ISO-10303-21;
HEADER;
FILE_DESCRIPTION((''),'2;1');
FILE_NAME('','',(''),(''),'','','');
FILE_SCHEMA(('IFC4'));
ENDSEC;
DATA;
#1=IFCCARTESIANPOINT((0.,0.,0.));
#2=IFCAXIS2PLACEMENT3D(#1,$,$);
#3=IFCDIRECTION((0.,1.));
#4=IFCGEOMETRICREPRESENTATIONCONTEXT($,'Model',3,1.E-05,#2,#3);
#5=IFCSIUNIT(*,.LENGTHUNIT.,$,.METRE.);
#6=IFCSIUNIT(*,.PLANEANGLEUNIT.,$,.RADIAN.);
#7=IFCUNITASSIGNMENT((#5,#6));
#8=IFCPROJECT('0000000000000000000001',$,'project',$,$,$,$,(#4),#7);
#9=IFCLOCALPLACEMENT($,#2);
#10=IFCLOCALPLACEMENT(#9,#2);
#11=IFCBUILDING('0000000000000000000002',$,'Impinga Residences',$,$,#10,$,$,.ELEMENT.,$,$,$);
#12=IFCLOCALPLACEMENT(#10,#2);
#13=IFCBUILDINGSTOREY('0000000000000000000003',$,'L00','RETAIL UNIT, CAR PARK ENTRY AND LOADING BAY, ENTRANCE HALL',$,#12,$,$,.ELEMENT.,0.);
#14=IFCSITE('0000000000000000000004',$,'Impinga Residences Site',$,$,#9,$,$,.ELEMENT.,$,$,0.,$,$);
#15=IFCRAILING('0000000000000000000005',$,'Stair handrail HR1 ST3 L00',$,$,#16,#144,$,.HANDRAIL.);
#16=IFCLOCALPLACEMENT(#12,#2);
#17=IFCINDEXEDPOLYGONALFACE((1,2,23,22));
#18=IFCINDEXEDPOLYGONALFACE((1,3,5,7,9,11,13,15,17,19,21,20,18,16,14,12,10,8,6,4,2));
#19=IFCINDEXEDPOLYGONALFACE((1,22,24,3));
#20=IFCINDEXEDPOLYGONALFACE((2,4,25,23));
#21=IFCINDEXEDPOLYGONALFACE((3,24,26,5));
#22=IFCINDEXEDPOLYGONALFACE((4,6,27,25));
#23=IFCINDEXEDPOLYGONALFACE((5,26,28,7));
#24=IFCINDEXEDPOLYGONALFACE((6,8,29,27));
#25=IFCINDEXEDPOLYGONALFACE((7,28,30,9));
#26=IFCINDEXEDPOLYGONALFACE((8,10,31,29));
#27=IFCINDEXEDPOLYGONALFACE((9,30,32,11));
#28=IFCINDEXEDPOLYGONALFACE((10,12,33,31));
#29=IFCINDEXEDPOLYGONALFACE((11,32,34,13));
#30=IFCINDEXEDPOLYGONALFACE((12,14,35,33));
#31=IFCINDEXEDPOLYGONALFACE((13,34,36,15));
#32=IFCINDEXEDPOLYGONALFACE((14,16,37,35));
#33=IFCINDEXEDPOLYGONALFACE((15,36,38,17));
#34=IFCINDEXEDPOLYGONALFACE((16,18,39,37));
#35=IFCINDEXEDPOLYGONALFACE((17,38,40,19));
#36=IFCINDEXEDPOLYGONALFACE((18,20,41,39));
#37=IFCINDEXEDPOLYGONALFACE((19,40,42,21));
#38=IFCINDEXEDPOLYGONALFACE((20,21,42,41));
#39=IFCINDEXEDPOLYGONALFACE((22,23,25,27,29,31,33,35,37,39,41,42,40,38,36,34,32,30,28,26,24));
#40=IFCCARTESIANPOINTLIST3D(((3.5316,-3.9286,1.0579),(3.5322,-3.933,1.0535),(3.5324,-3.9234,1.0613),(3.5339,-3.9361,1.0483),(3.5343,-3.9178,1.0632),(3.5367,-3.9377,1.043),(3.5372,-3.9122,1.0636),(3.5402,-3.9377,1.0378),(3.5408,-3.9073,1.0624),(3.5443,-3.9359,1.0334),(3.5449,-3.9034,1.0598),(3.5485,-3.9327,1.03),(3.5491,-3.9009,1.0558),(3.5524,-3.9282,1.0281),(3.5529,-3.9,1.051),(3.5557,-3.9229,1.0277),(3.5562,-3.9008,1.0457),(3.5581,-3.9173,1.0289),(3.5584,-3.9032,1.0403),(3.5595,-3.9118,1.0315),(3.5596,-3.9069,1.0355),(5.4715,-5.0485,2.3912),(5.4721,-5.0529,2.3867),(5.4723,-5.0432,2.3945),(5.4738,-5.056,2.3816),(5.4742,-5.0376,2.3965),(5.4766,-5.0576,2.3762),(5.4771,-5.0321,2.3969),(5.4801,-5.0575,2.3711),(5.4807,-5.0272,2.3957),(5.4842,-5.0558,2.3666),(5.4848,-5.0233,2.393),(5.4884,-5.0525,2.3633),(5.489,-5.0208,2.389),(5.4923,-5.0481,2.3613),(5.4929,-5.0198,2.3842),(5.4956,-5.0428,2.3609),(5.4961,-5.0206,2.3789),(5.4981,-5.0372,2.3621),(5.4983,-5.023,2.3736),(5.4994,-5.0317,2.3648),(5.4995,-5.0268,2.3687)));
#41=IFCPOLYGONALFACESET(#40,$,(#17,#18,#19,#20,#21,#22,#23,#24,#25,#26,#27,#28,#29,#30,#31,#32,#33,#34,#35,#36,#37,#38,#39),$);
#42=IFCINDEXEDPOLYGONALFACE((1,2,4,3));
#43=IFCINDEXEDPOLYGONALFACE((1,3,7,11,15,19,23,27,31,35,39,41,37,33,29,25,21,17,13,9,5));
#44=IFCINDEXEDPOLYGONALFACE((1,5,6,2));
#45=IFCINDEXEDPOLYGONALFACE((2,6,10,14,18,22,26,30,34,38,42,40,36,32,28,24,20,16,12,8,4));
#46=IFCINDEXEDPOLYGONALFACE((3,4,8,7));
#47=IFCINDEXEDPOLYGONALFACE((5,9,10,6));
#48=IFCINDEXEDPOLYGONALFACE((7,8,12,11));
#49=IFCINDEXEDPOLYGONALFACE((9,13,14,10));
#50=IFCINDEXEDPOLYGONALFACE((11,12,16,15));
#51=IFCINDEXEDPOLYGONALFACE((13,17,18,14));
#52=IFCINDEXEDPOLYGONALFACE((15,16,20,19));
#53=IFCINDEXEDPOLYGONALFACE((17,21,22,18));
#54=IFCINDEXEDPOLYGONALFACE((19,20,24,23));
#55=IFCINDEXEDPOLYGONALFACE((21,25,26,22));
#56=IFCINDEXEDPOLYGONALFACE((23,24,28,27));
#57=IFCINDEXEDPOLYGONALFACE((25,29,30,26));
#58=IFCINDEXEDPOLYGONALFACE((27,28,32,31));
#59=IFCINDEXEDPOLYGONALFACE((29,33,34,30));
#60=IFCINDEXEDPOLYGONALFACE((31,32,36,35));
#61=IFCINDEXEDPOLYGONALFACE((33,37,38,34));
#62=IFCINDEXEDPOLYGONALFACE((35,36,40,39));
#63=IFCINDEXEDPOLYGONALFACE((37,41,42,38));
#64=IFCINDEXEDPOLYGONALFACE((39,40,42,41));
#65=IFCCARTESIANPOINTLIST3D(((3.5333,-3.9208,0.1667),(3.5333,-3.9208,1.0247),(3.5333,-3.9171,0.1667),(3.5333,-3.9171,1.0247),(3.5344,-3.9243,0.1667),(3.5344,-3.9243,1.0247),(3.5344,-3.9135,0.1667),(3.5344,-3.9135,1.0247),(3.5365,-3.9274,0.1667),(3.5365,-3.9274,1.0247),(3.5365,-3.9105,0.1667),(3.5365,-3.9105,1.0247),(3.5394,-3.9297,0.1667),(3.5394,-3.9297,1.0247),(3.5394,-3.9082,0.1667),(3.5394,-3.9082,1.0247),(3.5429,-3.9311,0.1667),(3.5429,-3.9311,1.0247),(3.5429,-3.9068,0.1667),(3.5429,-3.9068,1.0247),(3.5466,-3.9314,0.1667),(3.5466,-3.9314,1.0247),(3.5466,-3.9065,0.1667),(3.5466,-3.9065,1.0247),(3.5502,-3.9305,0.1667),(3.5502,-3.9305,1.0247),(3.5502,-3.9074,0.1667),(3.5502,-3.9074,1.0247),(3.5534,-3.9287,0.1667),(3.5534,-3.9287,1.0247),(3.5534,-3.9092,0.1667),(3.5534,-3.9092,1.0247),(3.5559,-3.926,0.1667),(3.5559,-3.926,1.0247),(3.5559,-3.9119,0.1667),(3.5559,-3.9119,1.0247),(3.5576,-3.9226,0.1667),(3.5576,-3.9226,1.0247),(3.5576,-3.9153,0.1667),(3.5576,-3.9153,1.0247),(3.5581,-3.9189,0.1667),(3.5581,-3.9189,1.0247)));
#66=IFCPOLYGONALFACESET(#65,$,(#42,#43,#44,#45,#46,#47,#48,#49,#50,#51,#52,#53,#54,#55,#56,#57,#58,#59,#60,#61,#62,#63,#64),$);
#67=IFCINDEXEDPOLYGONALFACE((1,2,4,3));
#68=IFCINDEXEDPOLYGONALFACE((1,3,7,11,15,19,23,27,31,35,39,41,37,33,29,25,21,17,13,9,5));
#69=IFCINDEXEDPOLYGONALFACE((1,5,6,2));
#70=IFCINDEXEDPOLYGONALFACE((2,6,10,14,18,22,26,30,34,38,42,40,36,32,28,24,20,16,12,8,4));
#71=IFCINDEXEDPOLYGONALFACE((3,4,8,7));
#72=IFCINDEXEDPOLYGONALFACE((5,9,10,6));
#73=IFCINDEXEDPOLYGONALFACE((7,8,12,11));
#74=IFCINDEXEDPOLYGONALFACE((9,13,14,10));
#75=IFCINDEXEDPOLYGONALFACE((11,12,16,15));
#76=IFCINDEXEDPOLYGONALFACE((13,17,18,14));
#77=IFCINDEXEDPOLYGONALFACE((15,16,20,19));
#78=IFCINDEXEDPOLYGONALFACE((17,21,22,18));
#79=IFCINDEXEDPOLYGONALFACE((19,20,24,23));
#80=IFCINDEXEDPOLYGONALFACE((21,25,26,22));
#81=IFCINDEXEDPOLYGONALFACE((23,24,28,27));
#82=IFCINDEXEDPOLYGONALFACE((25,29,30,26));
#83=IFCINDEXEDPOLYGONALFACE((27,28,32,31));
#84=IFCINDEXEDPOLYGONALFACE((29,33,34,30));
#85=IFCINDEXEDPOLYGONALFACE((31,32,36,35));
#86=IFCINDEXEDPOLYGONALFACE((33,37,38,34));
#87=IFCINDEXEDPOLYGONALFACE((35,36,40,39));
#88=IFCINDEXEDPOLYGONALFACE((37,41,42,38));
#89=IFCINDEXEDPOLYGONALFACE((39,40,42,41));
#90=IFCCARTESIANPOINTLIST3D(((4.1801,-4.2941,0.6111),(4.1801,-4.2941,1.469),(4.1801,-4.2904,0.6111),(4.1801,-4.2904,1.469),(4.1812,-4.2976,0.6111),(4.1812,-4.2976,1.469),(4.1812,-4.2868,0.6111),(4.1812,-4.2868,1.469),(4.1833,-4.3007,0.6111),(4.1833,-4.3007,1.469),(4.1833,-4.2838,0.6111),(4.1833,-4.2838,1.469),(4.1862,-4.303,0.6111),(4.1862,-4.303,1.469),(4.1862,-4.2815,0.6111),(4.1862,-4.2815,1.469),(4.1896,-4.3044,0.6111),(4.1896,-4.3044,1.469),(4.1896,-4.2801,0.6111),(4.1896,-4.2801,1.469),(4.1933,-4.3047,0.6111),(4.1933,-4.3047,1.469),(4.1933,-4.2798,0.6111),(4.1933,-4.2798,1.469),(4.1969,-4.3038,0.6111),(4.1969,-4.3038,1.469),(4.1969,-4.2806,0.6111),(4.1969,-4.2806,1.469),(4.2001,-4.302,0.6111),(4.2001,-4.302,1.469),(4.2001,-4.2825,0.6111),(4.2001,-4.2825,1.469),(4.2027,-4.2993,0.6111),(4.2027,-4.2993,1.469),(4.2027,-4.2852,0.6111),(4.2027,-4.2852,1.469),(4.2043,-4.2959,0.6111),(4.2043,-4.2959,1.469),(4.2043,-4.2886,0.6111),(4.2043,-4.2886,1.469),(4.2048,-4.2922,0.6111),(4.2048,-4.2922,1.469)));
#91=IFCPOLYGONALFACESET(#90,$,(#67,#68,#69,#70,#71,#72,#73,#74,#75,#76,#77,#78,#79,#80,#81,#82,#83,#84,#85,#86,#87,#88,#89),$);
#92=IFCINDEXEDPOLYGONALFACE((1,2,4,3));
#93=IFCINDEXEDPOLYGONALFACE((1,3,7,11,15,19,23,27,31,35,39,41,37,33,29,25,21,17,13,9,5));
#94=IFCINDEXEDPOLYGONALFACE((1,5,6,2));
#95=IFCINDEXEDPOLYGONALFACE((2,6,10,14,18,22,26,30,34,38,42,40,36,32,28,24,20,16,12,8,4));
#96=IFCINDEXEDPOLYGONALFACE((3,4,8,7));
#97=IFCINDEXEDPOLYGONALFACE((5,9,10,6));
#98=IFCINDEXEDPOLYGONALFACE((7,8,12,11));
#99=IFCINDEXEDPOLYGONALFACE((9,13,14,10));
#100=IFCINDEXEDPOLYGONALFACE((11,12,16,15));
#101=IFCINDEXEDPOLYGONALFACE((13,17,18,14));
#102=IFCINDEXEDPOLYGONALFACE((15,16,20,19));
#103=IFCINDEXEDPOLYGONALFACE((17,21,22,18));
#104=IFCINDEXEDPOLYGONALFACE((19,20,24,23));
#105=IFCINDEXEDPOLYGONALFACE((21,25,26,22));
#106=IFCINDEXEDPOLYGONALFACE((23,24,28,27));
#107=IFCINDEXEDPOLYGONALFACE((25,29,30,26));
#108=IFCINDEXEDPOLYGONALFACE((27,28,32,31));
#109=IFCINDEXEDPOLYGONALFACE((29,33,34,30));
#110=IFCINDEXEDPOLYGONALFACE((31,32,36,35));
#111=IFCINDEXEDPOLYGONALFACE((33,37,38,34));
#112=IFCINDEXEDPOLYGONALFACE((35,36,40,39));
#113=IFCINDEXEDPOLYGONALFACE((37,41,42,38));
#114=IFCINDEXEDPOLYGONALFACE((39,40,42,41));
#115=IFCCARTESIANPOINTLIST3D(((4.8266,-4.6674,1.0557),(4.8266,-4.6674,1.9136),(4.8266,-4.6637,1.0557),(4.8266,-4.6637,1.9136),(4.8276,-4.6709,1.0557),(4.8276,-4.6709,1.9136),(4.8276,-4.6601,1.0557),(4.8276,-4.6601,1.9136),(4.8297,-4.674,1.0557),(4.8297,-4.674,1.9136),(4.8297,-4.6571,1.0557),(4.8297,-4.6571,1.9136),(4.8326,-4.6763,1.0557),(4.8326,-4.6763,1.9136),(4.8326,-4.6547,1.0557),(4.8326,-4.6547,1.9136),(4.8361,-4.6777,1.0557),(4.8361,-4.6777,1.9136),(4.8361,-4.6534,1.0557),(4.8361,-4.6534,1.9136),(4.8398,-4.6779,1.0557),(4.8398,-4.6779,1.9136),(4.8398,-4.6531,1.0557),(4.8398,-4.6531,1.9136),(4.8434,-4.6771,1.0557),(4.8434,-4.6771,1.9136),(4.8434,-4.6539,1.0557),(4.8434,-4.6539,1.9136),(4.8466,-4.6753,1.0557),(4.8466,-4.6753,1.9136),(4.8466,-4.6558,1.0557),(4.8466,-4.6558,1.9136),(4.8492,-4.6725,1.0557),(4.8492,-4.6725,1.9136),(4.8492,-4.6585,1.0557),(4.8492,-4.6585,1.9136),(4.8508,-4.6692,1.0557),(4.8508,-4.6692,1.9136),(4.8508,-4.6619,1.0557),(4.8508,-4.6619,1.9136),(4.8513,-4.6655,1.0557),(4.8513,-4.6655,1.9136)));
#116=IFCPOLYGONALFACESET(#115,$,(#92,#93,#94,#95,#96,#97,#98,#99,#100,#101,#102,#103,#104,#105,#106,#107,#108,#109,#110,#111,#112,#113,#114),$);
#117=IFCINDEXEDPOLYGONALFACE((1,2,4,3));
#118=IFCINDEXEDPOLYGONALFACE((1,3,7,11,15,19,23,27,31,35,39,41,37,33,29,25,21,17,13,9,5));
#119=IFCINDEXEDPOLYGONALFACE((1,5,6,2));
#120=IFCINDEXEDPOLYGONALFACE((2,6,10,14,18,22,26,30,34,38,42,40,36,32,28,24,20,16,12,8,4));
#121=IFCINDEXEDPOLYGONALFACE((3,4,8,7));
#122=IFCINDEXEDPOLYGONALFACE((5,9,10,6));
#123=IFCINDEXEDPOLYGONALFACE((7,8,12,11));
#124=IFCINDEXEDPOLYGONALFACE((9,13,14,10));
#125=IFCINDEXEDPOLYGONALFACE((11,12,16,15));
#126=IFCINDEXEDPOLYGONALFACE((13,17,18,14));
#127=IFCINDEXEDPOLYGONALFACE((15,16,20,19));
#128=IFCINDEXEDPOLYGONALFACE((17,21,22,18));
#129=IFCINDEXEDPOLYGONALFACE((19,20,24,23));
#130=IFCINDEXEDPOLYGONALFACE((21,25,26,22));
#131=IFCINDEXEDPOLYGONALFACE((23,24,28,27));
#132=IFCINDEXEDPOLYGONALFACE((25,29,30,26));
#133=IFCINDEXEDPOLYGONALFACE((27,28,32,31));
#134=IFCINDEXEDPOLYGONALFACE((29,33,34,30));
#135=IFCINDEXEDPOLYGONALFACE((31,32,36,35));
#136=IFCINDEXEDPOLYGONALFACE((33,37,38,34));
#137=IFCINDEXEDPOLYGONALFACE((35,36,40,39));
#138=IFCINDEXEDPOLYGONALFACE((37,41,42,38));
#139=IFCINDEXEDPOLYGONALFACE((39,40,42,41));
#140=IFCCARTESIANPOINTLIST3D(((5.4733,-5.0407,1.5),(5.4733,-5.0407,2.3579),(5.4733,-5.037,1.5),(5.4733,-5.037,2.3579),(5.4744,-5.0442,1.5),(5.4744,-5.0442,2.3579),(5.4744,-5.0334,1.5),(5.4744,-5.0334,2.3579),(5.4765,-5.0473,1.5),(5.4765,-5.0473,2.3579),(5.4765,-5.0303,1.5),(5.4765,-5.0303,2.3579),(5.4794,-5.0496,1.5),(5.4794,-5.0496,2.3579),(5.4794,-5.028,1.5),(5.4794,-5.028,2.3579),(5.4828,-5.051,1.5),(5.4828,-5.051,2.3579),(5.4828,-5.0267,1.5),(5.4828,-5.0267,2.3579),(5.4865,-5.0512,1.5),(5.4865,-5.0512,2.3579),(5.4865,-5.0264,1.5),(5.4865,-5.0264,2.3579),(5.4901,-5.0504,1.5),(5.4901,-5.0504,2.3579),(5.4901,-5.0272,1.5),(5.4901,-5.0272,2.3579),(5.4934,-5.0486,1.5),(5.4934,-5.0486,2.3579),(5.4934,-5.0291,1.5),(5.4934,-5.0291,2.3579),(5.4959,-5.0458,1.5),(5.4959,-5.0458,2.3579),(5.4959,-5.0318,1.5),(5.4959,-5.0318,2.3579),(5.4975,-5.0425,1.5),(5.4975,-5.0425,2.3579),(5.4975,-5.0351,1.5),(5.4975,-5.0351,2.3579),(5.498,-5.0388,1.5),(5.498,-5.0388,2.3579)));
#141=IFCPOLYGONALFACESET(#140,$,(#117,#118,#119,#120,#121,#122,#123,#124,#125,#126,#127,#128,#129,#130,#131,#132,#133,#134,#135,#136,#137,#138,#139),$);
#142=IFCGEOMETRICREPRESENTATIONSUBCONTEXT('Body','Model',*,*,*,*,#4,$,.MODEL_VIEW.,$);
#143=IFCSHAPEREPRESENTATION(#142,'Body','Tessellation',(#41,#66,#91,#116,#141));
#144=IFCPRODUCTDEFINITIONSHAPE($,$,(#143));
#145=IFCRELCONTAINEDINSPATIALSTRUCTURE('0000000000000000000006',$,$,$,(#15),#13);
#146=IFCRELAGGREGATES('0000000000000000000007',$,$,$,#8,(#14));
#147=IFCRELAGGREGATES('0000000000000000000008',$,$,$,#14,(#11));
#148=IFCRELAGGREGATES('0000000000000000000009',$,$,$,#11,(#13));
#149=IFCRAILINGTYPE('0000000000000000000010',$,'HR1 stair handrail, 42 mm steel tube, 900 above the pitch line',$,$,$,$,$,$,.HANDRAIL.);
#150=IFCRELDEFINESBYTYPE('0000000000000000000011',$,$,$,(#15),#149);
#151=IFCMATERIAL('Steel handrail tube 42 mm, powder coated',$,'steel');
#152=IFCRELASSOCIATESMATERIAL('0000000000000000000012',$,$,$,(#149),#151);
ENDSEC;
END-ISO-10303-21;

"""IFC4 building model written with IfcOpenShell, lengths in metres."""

from ifc_helpers import new_model, si_unit, direction, frame, origin, origin_2d, place, context, subcontext, project, spatial, circle, extrude, material, type_object, element, save


model = new_model("IFC4")

# Units and contexts
model_context = context("Model", 3, precision=1e-05, world=origin(), true_north=direction((0.0, 1.0)))
body_context = subcontext(model_context, "Body", "Model", "MODEL_VIEW")
ifc_project = project(units=[si_unit("LENGTHUNIT", "METRE"), si_unit("PLANEANGLEUNIT", "RADIAN")], contexts=[model_context])

# Site, building, storey
site_placement = place(None, origin())
site = spatial("IfcSite", under=ifc_project, at=site_placement, Name="Impinga Residences Site", CompositionType="ELEMENT", RefElevation=0.0)
building_placement = place(site_placement, origin())
building = spatial("IfcBuilding", under=site, at=building_placement, Name="Impinga Residences", CompositionType="ELEMENT")
storey_placement = place(building_placement, origin())
storey = spatial("IfcBuildingStorey", under=building, at=storey_placement, Name="L00", Description="RETAIL UNIT, CAR PARK ENTRY AND LOADING BAY, ENTRANCE HALL", CompositionType="ELEMENT", Elevation=0.0)

# Railing
ifc_material_1 = material(Name="Steel handrail tube 42 mm, powder coated", Category="steel")
railing_type = type_object("IfcRailingType", Name="HR1 stair handrail, 42 mm steel tube, 900 above the pitch line", PredefinedType="HANDRAIL", material=ifc_material_1)
for number, where, name in (
    (1, (3.5457, -3.9189, 0.1667), "Stair handrail HR1 ST3 L00"),
):
    element("IfcRailing", number, at=place(storey_placement, frame(where)), inside=storey, type_object=railing_type, Name=name, PredefinedType="HANDRAIL", context=body_context, shape_type="SweptSolid", body=[
        extrude(circle(Radius=0.021, at=origin_2d()), frame((0.0, 0.0, 0.8789), z_axis=(0.744205, -0.429608, 0.511465), x_axis=(0.499949, 0.866055, 0.0)), (0.0, 0.0, 1.0), 2.6067),
        extrude(circle(Radius=0.0125, at=origin_2d()), origin(), (0.0, 0.0, 1.0), 0.8579),
        extrude(circle(Radius=0.0125, at=origin_2d()), frame((0.6467, -0.3733, 0.4443)), (0.0, 0.0, 1.0), 0.8579),
        extrude(circle(Radius=0.0125, at=origin_2d()), frame((1.2932, -0.7466, 0.8889)), (0.0, 0.0, 1.0), 0.8579),
        extrude(circle(Radius=0.0125, at=origin_2d()), frame((1.9399, -1.1199, 1.3333)), (0.0, 0.0, 1.0), 0.8579),
    ])

save(model, "model.ifc")
